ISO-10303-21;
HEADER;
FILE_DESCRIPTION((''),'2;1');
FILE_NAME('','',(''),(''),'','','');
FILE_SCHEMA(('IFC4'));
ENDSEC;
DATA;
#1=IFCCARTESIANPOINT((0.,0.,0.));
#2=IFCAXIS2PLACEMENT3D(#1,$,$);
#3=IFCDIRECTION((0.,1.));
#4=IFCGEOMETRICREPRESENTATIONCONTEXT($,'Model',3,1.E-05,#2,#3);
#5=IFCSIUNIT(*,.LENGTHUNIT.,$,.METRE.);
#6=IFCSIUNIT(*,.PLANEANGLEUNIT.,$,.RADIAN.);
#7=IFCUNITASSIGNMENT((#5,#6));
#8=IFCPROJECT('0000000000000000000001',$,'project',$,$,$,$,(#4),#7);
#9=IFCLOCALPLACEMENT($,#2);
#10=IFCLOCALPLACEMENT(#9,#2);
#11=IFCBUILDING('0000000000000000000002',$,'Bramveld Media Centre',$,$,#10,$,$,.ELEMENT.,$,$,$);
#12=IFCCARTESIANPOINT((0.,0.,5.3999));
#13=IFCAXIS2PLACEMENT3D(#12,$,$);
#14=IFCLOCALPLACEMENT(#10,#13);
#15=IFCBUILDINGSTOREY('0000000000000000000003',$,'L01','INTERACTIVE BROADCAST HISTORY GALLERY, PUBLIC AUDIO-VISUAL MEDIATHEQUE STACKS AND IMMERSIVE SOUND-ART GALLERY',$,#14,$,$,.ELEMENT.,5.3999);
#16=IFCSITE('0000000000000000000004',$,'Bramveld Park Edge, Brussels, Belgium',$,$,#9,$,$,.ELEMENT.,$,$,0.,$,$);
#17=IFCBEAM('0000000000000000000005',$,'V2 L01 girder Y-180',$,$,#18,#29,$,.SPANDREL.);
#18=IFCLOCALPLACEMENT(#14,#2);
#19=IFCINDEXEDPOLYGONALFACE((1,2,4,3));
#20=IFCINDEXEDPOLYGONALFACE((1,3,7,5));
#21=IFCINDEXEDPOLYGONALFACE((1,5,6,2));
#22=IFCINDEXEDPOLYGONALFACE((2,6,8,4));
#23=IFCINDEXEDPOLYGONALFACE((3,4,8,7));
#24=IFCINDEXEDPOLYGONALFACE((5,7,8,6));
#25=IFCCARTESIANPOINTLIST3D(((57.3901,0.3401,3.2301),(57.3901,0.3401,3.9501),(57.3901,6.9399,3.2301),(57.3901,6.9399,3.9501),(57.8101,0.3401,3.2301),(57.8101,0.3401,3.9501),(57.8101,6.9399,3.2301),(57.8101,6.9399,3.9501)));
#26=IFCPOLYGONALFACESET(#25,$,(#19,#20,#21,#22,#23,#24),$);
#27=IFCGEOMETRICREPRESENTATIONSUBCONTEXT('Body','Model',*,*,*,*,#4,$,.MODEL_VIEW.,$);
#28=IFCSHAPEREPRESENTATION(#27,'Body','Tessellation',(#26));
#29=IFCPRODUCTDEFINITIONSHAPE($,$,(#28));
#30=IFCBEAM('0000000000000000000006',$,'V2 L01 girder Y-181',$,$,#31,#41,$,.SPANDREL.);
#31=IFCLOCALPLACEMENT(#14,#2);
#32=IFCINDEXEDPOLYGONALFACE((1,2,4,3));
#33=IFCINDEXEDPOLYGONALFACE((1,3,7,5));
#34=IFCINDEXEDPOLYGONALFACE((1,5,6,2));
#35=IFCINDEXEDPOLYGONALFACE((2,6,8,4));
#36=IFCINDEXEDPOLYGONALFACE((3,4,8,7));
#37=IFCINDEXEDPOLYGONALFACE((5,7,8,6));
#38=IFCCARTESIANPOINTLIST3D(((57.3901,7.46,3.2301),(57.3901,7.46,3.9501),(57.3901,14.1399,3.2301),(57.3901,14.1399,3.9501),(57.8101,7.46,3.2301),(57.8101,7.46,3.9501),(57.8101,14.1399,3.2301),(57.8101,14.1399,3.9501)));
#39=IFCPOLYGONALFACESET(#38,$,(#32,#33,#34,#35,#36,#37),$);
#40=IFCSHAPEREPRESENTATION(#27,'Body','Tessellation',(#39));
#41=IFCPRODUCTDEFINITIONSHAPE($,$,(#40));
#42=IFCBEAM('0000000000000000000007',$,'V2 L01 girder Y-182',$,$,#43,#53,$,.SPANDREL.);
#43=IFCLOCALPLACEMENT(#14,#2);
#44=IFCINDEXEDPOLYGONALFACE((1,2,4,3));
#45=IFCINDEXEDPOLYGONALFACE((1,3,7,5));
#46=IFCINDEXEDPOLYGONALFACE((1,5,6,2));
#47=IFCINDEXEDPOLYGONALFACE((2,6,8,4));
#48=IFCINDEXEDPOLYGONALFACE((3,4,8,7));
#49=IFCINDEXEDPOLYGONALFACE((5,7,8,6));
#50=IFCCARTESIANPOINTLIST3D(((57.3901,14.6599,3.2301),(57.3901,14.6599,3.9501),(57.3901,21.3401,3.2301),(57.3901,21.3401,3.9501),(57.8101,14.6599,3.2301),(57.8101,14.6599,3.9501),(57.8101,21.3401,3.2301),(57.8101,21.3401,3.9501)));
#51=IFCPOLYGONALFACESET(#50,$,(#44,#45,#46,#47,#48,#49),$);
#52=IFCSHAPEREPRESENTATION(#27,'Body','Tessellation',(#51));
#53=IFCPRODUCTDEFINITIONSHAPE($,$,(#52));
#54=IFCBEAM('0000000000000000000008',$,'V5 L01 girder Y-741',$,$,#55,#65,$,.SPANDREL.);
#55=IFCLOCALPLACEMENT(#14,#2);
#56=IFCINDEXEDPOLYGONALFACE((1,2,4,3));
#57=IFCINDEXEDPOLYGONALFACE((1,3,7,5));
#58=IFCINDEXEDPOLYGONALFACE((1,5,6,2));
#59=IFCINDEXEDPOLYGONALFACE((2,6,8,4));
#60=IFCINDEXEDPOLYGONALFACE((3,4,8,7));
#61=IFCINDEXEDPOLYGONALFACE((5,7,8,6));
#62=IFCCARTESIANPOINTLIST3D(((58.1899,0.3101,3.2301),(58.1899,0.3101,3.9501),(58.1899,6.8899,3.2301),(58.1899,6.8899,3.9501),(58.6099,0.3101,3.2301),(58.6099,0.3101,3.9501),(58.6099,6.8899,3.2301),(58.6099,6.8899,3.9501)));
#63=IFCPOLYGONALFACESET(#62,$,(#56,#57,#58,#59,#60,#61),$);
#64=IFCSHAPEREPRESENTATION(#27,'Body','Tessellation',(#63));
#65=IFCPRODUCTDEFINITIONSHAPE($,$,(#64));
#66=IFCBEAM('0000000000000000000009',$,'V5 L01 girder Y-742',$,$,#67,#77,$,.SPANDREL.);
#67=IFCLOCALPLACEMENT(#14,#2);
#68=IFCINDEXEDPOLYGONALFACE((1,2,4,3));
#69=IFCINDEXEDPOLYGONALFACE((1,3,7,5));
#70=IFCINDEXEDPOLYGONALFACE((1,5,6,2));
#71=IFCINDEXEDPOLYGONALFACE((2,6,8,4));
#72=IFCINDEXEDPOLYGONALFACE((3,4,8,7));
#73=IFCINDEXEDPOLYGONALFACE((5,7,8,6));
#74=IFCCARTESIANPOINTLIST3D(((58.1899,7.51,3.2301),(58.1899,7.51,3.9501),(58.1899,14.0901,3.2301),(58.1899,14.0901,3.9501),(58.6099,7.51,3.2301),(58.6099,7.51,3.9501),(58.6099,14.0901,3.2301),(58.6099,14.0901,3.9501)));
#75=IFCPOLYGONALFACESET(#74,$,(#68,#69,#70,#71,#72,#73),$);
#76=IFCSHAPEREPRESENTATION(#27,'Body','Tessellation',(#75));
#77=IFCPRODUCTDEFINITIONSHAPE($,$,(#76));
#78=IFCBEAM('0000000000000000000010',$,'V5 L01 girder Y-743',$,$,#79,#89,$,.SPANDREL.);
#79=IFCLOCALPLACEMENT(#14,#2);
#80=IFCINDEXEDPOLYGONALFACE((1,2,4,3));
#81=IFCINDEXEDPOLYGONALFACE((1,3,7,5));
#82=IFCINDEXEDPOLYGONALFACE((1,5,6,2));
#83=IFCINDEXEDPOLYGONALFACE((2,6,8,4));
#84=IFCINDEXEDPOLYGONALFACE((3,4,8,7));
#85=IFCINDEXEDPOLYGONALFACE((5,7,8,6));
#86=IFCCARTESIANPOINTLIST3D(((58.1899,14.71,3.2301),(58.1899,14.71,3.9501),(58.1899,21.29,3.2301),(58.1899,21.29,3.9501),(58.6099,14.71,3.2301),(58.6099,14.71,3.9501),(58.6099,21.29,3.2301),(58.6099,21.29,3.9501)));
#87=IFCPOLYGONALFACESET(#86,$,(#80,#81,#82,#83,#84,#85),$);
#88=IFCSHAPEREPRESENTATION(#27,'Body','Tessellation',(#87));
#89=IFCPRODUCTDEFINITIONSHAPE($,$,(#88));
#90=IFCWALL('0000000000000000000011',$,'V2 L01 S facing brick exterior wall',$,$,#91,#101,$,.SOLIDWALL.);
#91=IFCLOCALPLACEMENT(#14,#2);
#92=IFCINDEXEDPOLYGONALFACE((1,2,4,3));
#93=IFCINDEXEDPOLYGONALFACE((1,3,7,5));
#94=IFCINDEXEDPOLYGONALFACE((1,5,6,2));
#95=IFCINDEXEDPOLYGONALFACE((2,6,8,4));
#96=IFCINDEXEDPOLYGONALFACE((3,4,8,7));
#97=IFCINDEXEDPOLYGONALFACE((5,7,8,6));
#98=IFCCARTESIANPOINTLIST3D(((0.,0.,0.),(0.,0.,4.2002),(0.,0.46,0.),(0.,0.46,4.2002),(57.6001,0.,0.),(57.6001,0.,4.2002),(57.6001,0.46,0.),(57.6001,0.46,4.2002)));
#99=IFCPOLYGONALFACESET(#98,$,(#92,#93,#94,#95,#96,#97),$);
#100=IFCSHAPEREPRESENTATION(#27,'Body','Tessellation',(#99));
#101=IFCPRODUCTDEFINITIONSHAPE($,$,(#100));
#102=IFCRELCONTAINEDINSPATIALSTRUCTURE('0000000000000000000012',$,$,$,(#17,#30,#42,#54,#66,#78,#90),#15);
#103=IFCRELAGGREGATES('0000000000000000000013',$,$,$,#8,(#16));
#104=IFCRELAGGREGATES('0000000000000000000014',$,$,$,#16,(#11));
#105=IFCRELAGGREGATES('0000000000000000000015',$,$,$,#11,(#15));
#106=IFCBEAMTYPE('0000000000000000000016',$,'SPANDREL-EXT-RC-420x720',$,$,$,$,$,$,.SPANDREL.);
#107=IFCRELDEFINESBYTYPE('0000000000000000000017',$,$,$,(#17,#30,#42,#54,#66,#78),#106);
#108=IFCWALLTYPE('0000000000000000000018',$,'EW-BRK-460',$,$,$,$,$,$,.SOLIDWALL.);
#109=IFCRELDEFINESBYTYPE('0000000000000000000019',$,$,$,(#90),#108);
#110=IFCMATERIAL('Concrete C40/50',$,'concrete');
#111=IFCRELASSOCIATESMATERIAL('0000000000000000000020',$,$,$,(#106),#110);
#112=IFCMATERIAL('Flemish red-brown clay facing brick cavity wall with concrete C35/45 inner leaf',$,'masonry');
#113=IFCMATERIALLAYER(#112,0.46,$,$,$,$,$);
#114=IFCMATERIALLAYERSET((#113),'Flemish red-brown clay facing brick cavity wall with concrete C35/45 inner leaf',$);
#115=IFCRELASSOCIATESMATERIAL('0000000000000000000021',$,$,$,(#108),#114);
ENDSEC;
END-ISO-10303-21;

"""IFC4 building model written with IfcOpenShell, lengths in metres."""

from ifc_helpers import new_model, si_unit, direction, frame, frame_2d, origin, origin_2d, place, context, subcontext, project, spatial, rectangle, extrude, material, layer, layer_set, material_profile, profile_set, type_object, element, save


model = new_model("IFC4")

# Units and contexts
model_context = context("Model", 3, precision=1e-05, world=origin(), true_north=direction((0.0, 1.0)))
body_context = subcontext(model_context, "Body", "Model", "MODEL_VIEW")
ifc_project = project(units=[si_unit("LENGTHUNIT", "METRE"), si_unit("PLANEANGLEUNIT", "RADIAN")], contexts=[model_context])

# Site, building, storey
site_placement = place(None, origin())
site = spatial("IfcSite", under=ifc_project, at=site_placement, Name="Bramveld Park Edge, Brussels, Belgium", CompositionType="ELEMENT", RefElevation=0.0)
building_placement = place(site_placement, origin())
building = spatial("IfcBuilding", under=site, at=building_placement, Name="Bramveld Media Centre", CompositionType="ELEMENT")
storey_placement = place(building_placement, frame((0.0, 0.0, 5.3999)))
storey = spatial("IfcBuildingStorey", under=building, at=storey_placement, Name="L01", Description="INTERACTIVE BROADCAST HISTORY GALLERY, PUBLIC AUDIO-VISUAL MEDIATHEQUE STACKS AND IMMERSIVE SOUND-ART GALLERY", CompositionType="ELEMENT", Elevation=5.3999)

# Beams
ifc_material_1 = material(Name="Concrete C40/50", Category="concrete")
ifc_material_profile_1 = material_profile(ifc_material_1, rectangle(XDim=0.4199, YDim=0.72, at=origin_2d()), Name="RC 420x720")
ifc_profile_set_1 = profile_set([ifc_material_profile_1], Name="Concrete C40/50")
beam_type_1 = type_object("IfcBeamType", Name="SPANDREL-EXT-RC-420x720", PredefinedType="SPANDREL", material=ifc_profile_set_1)
beam_1_placement = place(storey_placement, frame((57.6001, 0.3401, 3.5901), z_axis=(0.0, 1.0, 0.0), x_axis=(-1.0, 0.0, 0.0)))
element("IfcBeam", 1, at=beam_1_placement, inside=storey, type_object=beam_type_1, Name="V2 L01 girder Y-180", PredefinedType="SPANDREL", context=body_context, shape_type="SweptSolid", body=[
    extrude(rectangle(XDim=0.4199, YDim=0.72, at=origin_2d()), origin(), (0.0, 0.0, 1.0), 6.5999),
])
beam_2_placement = place(storey_placement, frame((57.6001, 7.46, 3.5901), z_axis=(0.0, 1.0, 0.0), x_axis=(-1.0, 0.0, 0.0)))
element("IfcBeam", 2, at=beam_2_placement, inside=storey, type_object=beam_type_1, Name="V2 L01 girder Y-181", PredefinedType="SPANDREL", context=body_context, shape_type="SweptSolid", body=[
    extrude(rectangle(XDim=0.4199, YDim=0.72, at=origin_2d()), origin(), (0.0, 0.0, 1.0), 6.6799),
])
beam_3_placement = place(storey_placement, frame((57.6001, 14.6599, 3.5901), z_axis=(0.0, 1.0, 0.0), x_axis=(-1.0, 0.0, 0.0)))
element("IfcBeam", 3, at=beam_3_placement, inside=storey, type_object=beam_type_1, Name="V2 L01 girder Y-182", PredefinedType="SPANDREL", context=body_context, shape_type="SweptSolid", body=[
    extrude(rectangle(XDim=0.4199, YDim=0.72, at=origin_2d()), origin(), (0.0, 0.0, 1.0), 6.6802),
])
beam_4_placement = place(storey_placement, frame((58.3999, 0.3101, 3.5901), z_axis=(0.0, 1.0, 0.0), x_axis=(-1.0, 0.0, 0.0)))
element("IfcBeam", 4, at=beam_4_placement, inside=storey, type_object=beam_type_1, Name="V5 L01 girder Y-741", PredefinedType="SPANDREL", context=body_context, shape_type="SweptSolid", body=[
    extrude(rectangle(XDim=0.4199, YDim=0.72, at=origin_2d()), origin(), (0.0, 0.0, 1.0), 6.5798),
])
for number, where, z_axis, x_axis, name in (
    (5, (58.3999, 7.51, 3.5901), (0.0, 1.0, 0.0), (-1.0, 0.0, 0.0), "V5 L01 girder Y-742"),
    (6, (58.3999, 14.71, 3.5901), (0.0, 1.0, 0.0), (-1.0, 0.0, 0.0), "V5 L01 girder Y-743"),
):
    element("IfcBeam", number, at=place(storey_placement, frame(where, z_axis=z_axis, x_axis=x_axis)), inside=storey, type_object=beam_type_1, Name=name, PredefinedType="SPANDREL", context=body_context, shape_type="SweptSolid", body=[
        extrude(rectangle(XDim=0.4199, YDim=0.72, at=origin_2d()), origin(), (0.0, 0.0, 1.0), 6.5801),
    ])

# Wall
ifc_material_2 = material(Name="Flemish red-brown clay facing brick cavity wall with concrete C35/45 inner leaf", Category="masonry")
ifc_layer = layer(ifc_material_2, 0.46)
ifc_layer_set = layer_set([ifc_layer], Name="Flemish red-brown clay facing brick cavity wall with concrete C35/45 inner leaf")
wall_type = type_object("IfcWallType", Name="EW-BRK-460", PredefinedType="SOLIDWALL", material=ifc_layer_set)
wall_placement = place(storey_placement, frame((57.6001, 0.23, 0.0), z_axis=(0.0, 0.0, 1.0), x_axis=(-1.0, 0.0, 0.0)))
element("IfcWall", 7, at=wall_placement, inside=storey, type_object=wall_type, Name="V2 L01 S facing brick exterior wall", PredefinedType="SOLIDWALL", context=body_context, shape_type="SweptSolid", body=[
    extrude(rectangle(XDim=57.6001, YDim=0.46, at=frame_2d((28.8, 0.0))), origin(), (0.0, 0.0, 1.0), 4.2002),
])

save(model, "model.ifc")
